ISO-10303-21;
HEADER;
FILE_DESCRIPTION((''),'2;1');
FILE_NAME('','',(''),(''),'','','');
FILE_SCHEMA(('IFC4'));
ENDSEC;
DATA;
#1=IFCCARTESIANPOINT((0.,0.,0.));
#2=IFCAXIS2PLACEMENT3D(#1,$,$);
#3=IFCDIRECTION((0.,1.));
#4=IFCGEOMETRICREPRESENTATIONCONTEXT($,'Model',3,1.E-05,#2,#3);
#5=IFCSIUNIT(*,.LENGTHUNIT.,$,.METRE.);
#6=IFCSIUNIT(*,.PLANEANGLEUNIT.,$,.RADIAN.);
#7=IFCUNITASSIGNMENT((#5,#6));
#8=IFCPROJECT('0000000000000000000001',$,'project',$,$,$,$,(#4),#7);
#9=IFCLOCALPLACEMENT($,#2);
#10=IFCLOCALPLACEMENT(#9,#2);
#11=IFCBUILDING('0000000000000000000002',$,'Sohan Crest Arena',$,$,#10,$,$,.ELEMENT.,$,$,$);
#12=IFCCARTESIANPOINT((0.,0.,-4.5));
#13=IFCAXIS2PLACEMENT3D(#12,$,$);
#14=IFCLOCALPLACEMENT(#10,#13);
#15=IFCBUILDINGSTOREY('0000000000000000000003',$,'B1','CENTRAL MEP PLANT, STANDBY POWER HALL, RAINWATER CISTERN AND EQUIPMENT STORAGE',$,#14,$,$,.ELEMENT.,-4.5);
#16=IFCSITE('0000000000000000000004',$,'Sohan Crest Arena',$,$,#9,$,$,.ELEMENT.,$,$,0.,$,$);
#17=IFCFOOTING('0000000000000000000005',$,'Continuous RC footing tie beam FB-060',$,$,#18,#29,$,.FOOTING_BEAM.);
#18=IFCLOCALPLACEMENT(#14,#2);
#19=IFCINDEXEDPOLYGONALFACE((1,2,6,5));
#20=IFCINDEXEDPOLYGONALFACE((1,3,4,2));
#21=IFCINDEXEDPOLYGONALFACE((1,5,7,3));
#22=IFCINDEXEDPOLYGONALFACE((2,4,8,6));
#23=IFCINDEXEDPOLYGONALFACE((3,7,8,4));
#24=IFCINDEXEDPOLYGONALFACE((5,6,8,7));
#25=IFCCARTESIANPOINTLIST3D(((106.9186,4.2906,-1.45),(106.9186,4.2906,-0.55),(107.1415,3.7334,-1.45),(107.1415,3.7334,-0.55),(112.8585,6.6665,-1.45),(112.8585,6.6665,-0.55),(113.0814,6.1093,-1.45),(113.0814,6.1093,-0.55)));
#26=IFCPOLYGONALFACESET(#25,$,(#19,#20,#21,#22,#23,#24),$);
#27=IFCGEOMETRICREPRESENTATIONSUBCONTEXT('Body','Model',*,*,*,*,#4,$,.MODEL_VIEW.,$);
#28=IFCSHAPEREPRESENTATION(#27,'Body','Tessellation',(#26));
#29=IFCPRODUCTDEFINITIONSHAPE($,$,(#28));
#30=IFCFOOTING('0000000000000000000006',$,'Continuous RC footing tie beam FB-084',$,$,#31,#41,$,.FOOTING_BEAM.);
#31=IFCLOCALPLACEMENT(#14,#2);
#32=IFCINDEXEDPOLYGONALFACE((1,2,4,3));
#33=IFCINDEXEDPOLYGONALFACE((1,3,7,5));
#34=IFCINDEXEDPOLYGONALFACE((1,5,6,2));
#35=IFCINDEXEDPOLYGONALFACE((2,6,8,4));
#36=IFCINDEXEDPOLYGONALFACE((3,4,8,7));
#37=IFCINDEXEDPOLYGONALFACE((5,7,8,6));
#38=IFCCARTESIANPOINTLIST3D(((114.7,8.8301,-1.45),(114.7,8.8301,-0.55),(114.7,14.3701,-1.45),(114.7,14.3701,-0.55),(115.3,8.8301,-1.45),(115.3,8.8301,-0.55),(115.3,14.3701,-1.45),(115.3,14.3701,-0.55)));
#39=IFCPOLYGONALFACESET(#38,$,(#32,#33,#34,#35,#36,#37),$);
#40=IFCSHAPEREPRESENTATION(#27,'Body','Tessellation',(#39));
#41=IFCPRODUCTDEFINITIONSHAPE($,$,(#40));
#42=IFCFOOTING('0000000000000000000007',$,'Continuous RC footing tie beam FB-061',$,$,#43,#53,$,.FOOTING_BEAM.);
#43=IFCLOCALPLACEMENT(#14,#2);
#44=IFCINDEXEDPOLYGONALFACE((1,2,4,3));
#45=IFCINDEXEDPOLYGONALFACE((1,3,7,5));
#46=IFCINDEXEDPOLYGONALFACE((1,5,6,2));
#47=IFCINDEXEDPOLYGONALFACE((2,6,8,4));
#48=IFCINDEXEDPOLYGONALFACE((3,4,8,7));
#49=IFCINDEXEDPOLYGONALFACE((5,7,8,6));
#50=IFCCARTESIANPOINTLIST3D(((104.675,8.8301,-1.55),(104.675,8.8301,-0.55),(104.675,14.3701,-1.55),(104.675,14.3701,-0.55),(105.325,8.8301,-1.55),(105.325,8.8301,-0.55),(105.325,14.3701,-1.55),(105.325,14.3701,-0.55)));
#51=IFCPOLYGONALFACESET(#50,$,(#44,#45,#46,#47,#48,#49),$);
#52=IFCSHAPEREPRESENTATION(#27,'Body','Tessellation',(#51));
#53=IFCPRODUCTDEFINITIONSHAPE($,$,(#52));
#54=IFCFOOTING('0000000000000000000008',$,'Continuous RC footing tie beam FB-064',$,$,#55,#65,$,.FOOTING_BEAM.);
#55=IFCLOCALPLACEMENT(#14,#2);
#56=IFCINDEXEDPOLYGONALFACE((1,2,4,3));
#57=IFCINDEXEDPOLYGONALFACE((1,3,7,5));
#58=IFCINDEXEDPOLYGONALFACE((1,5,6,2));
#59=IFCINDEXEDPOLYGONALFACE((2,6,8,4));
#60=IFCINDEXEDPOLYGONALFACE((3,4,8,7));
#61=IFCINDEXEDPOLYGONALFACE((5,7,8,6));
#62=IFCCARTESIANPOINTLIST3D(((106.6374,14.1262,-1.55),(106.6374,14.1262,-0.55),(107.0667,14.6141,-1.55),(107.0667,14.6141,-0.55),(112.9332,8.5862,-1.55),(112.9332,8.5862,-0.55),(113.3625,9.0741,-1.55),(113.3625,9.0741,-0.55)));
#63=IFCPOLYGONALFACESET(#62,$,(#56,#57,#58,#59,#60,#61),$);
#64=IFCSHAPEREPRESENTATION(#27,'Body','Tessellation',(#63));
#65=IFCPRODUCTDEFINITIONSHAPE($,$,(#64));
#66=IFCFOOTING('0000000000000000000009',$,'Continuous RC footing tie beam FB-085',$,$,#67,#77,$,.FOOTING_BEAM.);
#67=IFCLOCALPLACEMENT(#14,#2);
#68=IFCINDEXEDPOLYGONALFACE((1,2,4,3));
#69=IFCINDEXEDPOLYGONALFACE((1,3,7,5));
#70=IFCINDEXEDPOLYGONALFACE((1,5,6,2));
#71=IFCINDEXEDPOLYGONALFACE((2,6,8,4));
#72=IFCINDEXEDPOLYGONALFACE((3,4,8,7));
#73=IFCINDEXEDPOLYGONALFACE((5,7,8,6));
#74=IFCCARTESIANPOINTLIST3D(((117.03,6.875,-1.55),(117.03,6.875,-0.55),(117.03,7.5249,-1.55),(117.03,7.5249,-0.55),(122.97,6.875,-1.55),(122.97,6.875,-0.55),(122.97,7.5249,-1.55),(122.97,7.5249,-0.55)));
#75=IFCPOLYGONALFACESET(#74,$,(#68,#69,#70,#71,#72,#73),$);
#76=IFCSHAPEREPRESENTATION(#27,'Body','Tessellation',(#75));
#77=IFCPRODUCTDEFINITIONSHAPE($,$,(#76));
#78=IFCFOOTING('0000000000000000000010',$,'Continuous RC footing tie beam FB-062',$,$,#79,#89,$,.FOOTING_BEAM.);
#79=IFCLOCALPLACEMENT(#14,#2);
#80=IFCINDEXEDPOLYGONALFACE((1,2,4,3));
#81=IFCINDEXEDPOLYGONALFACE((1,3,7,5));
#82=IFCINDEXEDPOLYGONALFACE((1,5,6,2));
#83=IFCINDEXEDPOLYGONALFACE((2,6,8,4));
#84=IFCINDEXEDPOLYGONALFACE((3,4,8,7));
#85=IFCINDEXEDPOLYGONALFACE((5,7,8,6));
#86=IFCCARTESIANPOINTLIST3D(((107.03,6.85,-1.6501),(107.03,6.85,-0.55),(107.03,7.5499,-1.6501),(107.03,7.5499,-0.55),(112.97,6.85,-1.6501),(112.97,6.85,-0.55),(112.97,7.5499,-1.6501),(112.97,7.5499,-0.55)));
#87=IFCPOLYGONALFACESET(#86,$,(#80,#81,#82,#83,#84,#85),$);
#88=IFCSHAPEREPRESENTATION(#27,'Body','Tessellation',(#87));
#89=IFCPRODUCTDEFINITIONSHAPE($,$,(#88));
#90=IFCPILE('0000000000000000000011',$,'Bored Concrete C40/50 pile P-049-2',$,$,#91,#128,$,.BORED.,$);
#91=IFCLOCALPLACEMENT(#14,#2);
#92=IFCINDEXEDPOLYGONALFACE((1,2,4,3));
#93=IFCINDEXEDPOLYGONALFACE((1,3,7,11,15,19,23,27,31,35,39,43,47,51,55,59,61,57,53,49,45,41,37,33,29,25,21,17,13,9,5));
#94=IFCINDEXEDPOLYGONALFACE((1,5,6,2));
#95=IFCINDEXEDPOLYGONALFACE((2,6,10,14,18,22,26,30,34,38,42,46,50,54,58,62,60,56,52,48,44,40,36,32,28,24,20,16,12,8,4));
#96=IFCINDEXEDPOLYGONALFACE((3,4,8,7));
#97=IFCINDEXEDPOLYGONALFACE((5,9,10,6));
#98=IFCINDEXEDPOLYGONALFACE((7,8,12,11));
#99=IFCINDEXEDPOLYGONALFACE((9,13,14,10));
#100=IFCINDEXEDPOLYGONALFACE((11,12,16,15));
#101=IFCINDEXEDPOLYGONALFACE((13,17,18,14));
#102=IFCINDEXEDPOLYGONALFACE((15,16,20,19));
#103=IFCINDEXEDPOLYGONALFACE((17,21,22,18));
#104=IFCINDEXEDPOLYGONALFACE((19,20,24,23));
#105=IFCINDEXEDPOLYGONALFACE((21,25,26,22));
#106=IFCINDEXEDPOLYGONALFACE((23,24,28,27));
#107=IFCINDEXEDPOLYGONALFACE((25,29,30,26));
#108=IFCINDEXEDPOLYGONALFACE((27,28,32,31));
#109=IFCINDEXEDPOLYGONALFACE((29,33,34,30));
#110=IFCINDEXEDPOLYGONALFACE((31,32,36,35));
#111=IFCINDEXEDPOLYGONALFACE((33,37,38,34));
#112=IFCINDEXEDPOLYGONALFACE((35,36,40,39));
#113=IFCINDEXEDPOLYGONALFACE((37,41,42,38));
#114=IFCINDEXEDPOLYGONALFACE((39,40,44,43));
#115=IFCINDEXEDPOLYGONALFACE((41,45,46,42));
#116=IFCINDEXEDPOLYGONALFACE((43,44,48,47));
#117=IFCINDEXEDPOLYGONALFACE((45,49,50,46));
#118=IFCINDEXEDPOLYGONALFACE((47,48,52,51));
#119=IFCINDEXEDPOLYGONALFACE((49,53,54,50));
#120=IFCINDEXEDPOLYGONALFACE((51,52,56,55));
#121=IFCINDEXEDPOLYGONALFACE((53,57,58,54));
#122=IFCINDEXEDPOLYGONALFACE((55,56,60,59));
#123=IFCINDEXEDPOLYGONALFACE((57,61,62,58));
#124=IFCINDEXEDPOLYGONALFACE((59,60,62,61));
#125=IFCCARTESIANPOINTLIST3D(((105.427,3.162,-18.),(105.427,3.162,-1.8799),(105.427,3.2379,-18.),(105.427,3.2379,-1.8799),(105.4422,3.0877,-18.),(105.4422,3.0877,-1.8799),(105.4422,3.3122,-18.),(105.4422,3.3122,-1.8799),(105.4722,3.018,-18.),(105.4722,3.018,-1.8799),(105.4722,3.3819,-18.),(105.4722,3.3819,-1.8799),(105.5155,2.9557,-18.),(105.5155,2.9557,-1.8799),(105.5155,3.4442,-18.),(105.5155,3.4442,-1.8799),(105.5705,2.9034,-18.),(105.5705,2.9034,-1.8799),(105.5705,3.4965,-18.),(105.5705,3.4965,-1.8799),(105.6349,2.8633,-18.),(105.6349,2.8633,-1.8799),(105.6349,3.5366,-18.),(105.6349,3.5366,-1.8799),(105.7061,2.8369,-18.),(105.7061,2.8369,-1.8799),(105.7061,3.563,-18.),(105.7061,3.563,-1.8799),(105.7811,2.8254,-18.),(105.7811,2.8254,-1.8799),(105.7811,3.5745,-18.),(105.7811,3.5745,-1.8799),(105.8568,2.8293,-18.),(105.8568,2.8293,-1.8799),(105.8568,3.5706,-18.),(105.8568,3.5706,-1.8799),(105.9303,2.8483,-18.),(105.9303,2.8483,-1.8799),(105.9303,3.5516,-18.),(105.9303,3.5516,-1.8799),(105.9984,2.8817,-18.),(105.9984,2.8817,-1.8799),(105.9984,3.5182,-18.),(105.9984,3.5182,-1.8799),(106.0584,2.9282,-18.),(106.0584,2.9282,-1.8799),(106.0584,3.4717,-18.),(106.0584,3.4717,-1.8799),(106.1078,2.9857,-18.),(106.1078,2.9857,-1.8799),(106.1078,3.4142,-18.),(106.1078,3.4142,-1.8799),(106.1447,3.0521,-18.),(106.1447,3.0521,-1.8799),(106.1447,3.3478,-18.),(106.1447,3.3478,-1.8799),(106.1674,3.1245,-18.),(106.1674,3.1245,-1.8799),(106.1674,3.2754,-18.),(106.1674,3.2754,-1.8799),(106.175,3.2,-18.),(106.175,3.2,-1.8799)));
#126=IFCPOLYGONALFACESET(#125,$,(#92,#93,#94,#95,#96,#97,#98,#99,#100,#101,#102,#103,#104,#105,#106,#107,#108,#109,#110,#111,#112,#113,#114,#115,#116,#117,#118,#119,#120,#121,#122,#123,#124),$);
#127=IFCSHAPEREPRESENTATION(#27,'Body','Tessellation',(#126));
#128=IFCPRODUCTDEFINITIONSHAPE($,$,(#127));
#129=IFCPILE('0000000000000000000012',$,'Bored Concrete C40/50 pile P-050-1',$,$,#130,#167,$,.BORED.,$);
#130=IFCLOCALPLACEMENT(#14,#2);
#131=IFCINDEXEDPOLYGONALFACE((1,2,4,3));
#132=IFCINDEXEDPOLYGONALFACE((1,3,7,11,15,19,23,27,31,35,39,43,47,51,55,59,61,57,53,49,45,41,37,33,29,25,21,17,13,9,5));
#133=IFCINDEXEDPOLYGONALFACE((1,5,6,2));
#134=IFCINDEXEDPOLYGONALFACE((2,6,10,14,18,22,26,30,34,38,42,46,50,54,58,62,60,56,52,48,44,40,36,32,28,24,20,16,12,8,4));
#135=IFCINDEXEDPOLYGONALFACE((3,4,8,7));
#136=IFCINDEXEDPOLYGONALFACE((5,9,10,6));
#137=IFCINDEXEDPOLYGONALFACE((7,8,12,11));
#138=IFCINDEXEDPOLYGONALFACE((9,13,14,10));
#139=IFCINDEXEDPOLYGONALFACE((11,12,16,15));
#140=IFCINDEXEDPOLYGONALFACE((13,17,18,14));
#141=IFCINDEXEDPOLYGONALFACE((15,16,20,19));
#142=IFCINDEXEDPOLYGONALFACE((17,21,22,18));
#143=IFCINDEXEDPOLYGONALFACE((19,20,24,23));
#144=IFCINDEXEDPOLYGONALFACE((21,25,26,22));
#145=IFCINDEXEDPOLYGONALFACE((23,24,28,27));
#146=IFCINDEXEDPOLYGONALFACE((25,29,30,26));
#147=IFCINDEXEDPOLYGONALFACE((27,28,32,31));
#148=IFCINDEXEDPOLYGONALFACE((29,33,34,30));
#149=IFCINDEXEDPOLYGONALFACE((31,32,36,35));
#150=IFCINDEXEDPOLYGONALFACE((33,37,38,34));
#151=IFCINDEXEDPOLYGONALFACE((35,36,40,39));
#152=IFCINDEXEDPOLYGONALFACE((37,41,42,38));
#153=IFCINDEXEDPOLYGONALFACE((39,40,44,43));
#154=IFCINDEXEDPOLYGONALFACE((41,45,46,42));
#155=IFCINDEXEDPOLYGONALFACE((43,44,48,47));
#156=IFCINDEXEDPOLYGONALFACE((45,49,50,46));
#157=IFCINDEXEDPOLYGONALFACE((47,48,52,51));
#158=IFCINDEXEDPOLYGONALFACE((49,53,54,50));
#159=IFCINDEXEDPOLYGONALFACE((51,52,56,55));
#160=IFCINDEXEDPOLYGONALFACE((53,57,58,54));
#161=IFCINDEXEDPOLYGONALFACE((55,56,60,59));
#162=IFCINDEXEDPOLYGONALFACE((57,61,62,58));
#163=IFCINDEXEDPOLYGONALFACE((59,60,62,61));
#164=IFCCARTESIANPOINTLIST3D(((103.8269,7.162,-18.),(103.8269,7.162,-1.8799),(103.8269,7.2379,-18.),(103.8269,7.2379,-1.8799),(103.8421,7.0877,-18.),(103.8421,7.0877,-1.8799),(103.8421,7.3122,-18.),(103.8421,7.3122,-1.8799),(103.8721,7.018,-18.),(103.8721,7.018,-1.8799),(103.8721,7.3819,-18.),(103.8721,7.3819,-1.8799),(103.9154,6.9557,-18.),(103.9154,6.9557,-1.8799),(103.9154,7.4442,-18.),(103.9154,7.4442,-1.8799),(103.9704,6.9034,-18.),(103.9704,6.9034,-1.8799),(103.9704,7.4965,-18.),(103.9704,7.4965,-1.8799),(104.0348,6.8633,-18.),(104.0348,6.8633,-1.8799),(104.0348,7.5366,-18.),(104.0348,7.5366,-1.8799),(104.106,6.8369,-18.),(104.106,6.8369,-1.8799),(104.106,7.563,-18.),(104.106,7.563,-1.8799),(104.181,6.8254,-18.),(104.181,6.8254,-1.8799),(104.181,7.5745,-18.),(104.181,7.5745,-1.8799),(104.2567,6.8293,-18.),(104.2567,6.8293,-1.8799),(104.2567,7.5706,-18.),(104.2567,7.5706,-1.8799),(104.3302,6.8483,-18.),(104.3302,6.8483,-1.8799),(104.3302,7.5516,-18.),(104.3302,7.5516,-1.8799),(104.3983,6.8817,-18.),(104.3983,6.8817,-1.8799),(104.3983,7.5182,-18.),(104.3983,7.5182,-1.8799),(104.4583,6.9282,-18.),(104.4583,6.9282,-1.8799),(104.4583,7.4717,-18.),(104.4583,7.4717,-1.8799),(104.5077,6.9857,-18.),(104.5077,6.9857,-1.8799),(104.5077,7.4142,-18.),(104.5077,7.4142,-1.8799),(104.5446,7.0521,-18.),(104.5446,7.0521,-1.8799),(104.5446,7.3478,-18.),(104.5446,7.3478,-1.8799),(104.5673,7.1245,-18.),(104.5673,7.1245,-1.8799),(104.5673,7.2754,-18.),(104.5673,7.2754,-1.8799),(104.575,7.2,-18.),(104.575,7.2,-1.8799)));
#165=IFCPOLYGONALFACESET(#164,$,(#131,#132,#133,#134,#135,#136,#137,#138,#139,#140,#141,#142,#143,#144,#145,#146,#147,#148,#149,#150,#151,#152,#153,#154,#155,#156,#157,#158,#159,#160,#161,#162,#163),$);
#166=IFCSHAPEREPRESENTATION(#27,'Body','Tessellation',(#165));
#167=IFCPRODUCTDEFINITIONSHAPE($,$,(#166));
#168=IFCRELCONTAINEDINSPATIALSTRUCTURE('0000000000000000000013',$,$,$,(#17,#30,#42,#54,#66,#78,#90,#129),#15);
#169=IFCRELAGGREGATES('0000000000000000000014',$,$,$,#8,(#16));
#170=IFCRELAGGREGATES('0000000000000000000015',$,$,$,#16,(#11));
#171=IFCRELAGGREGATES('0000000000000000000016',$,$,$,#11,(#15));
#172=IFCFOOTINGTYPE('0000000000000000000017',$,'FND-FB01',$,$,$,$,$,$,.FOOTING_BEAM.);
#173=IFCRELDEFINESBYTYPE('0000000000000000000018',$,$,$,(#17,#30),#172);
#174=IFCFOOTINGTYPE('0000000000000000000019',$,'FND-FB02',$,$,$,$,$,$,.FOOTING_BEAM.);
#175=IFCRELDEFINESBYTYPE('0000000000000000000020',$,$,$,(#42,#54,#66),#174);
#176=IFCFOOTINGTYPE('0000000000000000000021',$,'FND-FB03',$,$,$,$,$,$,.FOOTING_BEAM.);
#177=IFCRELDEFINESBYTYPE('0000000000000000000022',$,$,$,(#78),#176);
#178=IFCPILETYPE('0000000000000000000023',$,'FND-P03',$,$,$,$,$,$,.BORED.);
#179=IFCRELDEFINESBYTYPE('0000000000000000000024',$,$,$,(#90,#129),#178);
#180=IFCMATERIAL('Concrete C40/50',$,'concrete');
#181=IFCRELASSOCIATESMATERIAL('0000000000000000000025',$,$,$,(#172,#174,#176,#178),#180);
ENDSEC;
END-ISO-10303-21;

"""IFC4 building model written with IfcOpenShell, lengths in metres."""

from ifc_helpers import new_model, si_unit, direction, frame, origin, origin_2d, place, context, subcontext, project, spatial, rectangle, circle, extrude, material, material_profile, profile_set, type_object, element, save


model = new_model("IFC4")

# Units and contexts
model_context = context("Model", 3, precision=1e-05, world=origin(), true_north=direction((0.0, 1.0)))
body_context = subcontext(model_context, "Body", "Model", "MODEL_VIEW")
ifc_project = project(units=[si_unit("LENGTHUNIT", "METRE"), si_unit("PLANEANGLEUNIT", "RADIAN")], contexts=[model_context])

# Site, building, storey
site_placement = place(None, origin())
site = spatial("IfcSite", under=ifc_project, at=site_placement, Name="Sohan Crest Arena", CompositionType="ELEMENT", RefElevation=0.0)
building_placement = place(site_placement, origin())
building = spatial("IfcBuilding", under=site, at=building_placement, Name="Sohan Crest Arena", CompositionType="ELEMENT")
storey_placement = place(building_placement, frame((0.0, 0.0, -4.5)))
storey = spatial("IfcBuildingStorey", under=building, at=storey_placement, Name="B1", Description="CENTRAL MEP PLANT, STANDBY POWER HALL, RAINWATER CISTERN AND EQUIPMENT STORAGE", CompositionType="ELEMENT", Elevation=-4.5)

# Footings
ifc_material_1 = material(Name="Concrete C40/50", Category="concrete")
ifc_material_profile_1 = material_profile(ifc_material_1, rectangle(XDim=0.6001, YDim=0.8999, at=origin_2d()), Name="RC-FB 600x900")
ifc_profile_set_1 = profile_set([ifc_material_profile_1], Name="Concrete C40/50")
footing_type_1 = type_object("IfcFootingType", Name="FND-FB01", PredefinedType="FOOTING_BEAM", material=ifc_profile_set_1)
footing_1_placement = place(storey_placement, frame((107.03, 4.012, -1.0), z_axis=(0.928477, 0.371391, 0.0), x_axis=(-0.371391, 0.928477, 0.0)))
element("IfcFooting", 1, at=footing_1_placement, inside=storey, type_object=footing_type_1, Name="Continuous RC footing tie beam FB-060", PredefinedType="FOOTING_BEAM", context=body_context, shape_type="SweptSolid", body=[
    extrude(rectangle(XDim=0.6001, YDim=0.8999, at=origin_2d()), origin(), (0.0, 0.0, 1.0), 6.3975),
])
footing_2_placement = place(storey_placement, frame((115.0, 8.8301, -1.0), z_axis=(0.0, 1.0, 0.0), x_axis=(-1.0, 0.0, 0.0)))
element("IfcFooting", 2, at=footing_2_placement, inside=storey, type_object=footing_type_1, Name="Continuous RC footing tie beam FB-084", PredefinedType="FOOTING_BEAM", context=body_context, shape_type="SweptSolid", body=[
    extrude(rectangle(XDim=0.6001, YDim=0.8999, at=origin_2d()), origin(), (0.0, 0.0, 1.0), 5.54),
])
ifc_material_profile_2 = material_profile(ifc_material_1, rectangle(XDim=0.6499, YDim=1.0, at=origin_2d()), Name="RC-FB 650x1000")
ifc_profile_set_2 = profile_set([ifc_material_profile_2], Name="Concrete C40/50")
footing_type_2 = type_object("IfcFootingType", Name="FND-FB02", PredefinedType="FOOTING_BEAM", material=ifc_profile_set_2)
footing_3_placement = place(storey_placement, frame((105.0, 8.8301, -1.05), z_axis=(0.0, 1.0, 0.0), x_axis=(-1.0, 0.0, 0.0)))
element("IfcFooting", 3, at=footing_3_placement, inside=storey, type_object=footing_type_2, Name="Continuous RC footing tie beam FB-061", PredefinedType="FOOTING_BEAM", context=body_context, shape_type="SweptSolid", body=[
    extrude(rectangle(XDim=0.6499, YDim=1.0, at=origin_2d()), origin(), (0.0, 0.0, 1.0), 5.54),
])
footing_4_placement = place(storey_placement, frame((106.8521, 14.3701, -1.05), z_axis=(0.750734, -0.660604, 0.0), x_axis=(0.660604, 0.750734, 0.0)))
element("IfcFooting", 4, at=footing_4_placement, inside=storey, type_object=footing_type_2, Name="Continuous RC footing tie beam FB-064", PredefinedType="FOOTING_BEAM", context=body_context, shape_type="SweptSolid", body=[
    extrude(rectangle(XDim=0.6499, YDim=1.0, at=origin_2d()), origin(), (0.0, 0.0, 1.0), 8.3862),
])
footing_5_placement = place(storey_placement, frame((117.03, 7.2, -1.05), z_axis=(1.0, 0.0, 0.0), x_axis=(0.0, 1.0, 0.0)))
element("IfcFooting", 5, at=footing_5_placement, inside=storey, type_object=footing_type_2, Name="Continuous RC footing tie beam FB-085", PredefinedType="FOOTING_BEAM", context=body_context, shape_type="SweptSolid", body=[
    extrude(rectangle(XDim=0.6499, YDim=1.0, at=origin_2d()), origin(), (0.0, 0.0, 1.0), 5.9399),
])
ifc_material_profile_3 = material_profile(ifc_material_1, rectangle(XDim=0.7, YDim=1.1001, at=origin_2d()), Name="RC-FB 700x1100")
ifc_profile_set_3 = profile_set([ifc_material_profile_3], Name="Concrete C40/50")
footing_type_3 = type_object("IfcFootingType", Name="FND-FB03", PredefinedType="FOOTING_BEAM", material=ifc_profile_set_3)
footing_6_placement = place(storey_placement, frame((107.03, 7.2, -1.1001), z_axis=(1.0, 0.0, 0.0), x_axis=(0.0, 1.0, 0.0)))
element("IfcFooting", 6, at=footing_6_placement, inside=storey, type_object=footing_type_3, Name="Continuous RC footing tie beam FB-062", PredefinedType="FOOTING_BEAM", context=body_context, shape_type="SweptSolid", body=[
    extrude(rectangle(XDim=0.7, YDim=1.1001, at=origin_2d()), origin(), (0.0, 0.0, 1.0), 5.9399),
])

# Piles
ifc_material_profile_4 = material_profile(ifc_material_1, circle(Radius=0.375, at=origin_2d()), Name="PILE D750")
ifc_profile_set_4 = profile_set([ifc_material_profile_4], Name="Concrete C40/50")
pile_type = type_object("IfcPileType", Name="FND-P03", PredefinedType="BORED", material=ifc_profile_set_4)
for number, where, z_axis, x_axis, name in (
    (7, (105.8, 3.2, -18.0), (0.0, 0.0, 1.0), (1.0, 0.0, 0.0), "Bored Concrete C40/50 pile P-049-2"),
    (8, (104.2, 7.2, -18.0), (0.0, 0.0, 1.0), (1.0, 0.0, 0.0), "Bored Concrete C40/50 pile P-050-1"),
):
    element("IfcPile", number, at=place(storey_placement, frame(where, z_axis=z_axis, x_axis=x_axis)), inside=storey, type_object=pile_type, Name=name, PredefinedType="BORED", context=body_context, shape_type="SweptSolid", body=[
        extrude(circle(Radius=0.375, at=origin_2d()), origin(), (0.0, 0.0, 1.0), 16.1201),
    ])

save(model, "model.ifc")
